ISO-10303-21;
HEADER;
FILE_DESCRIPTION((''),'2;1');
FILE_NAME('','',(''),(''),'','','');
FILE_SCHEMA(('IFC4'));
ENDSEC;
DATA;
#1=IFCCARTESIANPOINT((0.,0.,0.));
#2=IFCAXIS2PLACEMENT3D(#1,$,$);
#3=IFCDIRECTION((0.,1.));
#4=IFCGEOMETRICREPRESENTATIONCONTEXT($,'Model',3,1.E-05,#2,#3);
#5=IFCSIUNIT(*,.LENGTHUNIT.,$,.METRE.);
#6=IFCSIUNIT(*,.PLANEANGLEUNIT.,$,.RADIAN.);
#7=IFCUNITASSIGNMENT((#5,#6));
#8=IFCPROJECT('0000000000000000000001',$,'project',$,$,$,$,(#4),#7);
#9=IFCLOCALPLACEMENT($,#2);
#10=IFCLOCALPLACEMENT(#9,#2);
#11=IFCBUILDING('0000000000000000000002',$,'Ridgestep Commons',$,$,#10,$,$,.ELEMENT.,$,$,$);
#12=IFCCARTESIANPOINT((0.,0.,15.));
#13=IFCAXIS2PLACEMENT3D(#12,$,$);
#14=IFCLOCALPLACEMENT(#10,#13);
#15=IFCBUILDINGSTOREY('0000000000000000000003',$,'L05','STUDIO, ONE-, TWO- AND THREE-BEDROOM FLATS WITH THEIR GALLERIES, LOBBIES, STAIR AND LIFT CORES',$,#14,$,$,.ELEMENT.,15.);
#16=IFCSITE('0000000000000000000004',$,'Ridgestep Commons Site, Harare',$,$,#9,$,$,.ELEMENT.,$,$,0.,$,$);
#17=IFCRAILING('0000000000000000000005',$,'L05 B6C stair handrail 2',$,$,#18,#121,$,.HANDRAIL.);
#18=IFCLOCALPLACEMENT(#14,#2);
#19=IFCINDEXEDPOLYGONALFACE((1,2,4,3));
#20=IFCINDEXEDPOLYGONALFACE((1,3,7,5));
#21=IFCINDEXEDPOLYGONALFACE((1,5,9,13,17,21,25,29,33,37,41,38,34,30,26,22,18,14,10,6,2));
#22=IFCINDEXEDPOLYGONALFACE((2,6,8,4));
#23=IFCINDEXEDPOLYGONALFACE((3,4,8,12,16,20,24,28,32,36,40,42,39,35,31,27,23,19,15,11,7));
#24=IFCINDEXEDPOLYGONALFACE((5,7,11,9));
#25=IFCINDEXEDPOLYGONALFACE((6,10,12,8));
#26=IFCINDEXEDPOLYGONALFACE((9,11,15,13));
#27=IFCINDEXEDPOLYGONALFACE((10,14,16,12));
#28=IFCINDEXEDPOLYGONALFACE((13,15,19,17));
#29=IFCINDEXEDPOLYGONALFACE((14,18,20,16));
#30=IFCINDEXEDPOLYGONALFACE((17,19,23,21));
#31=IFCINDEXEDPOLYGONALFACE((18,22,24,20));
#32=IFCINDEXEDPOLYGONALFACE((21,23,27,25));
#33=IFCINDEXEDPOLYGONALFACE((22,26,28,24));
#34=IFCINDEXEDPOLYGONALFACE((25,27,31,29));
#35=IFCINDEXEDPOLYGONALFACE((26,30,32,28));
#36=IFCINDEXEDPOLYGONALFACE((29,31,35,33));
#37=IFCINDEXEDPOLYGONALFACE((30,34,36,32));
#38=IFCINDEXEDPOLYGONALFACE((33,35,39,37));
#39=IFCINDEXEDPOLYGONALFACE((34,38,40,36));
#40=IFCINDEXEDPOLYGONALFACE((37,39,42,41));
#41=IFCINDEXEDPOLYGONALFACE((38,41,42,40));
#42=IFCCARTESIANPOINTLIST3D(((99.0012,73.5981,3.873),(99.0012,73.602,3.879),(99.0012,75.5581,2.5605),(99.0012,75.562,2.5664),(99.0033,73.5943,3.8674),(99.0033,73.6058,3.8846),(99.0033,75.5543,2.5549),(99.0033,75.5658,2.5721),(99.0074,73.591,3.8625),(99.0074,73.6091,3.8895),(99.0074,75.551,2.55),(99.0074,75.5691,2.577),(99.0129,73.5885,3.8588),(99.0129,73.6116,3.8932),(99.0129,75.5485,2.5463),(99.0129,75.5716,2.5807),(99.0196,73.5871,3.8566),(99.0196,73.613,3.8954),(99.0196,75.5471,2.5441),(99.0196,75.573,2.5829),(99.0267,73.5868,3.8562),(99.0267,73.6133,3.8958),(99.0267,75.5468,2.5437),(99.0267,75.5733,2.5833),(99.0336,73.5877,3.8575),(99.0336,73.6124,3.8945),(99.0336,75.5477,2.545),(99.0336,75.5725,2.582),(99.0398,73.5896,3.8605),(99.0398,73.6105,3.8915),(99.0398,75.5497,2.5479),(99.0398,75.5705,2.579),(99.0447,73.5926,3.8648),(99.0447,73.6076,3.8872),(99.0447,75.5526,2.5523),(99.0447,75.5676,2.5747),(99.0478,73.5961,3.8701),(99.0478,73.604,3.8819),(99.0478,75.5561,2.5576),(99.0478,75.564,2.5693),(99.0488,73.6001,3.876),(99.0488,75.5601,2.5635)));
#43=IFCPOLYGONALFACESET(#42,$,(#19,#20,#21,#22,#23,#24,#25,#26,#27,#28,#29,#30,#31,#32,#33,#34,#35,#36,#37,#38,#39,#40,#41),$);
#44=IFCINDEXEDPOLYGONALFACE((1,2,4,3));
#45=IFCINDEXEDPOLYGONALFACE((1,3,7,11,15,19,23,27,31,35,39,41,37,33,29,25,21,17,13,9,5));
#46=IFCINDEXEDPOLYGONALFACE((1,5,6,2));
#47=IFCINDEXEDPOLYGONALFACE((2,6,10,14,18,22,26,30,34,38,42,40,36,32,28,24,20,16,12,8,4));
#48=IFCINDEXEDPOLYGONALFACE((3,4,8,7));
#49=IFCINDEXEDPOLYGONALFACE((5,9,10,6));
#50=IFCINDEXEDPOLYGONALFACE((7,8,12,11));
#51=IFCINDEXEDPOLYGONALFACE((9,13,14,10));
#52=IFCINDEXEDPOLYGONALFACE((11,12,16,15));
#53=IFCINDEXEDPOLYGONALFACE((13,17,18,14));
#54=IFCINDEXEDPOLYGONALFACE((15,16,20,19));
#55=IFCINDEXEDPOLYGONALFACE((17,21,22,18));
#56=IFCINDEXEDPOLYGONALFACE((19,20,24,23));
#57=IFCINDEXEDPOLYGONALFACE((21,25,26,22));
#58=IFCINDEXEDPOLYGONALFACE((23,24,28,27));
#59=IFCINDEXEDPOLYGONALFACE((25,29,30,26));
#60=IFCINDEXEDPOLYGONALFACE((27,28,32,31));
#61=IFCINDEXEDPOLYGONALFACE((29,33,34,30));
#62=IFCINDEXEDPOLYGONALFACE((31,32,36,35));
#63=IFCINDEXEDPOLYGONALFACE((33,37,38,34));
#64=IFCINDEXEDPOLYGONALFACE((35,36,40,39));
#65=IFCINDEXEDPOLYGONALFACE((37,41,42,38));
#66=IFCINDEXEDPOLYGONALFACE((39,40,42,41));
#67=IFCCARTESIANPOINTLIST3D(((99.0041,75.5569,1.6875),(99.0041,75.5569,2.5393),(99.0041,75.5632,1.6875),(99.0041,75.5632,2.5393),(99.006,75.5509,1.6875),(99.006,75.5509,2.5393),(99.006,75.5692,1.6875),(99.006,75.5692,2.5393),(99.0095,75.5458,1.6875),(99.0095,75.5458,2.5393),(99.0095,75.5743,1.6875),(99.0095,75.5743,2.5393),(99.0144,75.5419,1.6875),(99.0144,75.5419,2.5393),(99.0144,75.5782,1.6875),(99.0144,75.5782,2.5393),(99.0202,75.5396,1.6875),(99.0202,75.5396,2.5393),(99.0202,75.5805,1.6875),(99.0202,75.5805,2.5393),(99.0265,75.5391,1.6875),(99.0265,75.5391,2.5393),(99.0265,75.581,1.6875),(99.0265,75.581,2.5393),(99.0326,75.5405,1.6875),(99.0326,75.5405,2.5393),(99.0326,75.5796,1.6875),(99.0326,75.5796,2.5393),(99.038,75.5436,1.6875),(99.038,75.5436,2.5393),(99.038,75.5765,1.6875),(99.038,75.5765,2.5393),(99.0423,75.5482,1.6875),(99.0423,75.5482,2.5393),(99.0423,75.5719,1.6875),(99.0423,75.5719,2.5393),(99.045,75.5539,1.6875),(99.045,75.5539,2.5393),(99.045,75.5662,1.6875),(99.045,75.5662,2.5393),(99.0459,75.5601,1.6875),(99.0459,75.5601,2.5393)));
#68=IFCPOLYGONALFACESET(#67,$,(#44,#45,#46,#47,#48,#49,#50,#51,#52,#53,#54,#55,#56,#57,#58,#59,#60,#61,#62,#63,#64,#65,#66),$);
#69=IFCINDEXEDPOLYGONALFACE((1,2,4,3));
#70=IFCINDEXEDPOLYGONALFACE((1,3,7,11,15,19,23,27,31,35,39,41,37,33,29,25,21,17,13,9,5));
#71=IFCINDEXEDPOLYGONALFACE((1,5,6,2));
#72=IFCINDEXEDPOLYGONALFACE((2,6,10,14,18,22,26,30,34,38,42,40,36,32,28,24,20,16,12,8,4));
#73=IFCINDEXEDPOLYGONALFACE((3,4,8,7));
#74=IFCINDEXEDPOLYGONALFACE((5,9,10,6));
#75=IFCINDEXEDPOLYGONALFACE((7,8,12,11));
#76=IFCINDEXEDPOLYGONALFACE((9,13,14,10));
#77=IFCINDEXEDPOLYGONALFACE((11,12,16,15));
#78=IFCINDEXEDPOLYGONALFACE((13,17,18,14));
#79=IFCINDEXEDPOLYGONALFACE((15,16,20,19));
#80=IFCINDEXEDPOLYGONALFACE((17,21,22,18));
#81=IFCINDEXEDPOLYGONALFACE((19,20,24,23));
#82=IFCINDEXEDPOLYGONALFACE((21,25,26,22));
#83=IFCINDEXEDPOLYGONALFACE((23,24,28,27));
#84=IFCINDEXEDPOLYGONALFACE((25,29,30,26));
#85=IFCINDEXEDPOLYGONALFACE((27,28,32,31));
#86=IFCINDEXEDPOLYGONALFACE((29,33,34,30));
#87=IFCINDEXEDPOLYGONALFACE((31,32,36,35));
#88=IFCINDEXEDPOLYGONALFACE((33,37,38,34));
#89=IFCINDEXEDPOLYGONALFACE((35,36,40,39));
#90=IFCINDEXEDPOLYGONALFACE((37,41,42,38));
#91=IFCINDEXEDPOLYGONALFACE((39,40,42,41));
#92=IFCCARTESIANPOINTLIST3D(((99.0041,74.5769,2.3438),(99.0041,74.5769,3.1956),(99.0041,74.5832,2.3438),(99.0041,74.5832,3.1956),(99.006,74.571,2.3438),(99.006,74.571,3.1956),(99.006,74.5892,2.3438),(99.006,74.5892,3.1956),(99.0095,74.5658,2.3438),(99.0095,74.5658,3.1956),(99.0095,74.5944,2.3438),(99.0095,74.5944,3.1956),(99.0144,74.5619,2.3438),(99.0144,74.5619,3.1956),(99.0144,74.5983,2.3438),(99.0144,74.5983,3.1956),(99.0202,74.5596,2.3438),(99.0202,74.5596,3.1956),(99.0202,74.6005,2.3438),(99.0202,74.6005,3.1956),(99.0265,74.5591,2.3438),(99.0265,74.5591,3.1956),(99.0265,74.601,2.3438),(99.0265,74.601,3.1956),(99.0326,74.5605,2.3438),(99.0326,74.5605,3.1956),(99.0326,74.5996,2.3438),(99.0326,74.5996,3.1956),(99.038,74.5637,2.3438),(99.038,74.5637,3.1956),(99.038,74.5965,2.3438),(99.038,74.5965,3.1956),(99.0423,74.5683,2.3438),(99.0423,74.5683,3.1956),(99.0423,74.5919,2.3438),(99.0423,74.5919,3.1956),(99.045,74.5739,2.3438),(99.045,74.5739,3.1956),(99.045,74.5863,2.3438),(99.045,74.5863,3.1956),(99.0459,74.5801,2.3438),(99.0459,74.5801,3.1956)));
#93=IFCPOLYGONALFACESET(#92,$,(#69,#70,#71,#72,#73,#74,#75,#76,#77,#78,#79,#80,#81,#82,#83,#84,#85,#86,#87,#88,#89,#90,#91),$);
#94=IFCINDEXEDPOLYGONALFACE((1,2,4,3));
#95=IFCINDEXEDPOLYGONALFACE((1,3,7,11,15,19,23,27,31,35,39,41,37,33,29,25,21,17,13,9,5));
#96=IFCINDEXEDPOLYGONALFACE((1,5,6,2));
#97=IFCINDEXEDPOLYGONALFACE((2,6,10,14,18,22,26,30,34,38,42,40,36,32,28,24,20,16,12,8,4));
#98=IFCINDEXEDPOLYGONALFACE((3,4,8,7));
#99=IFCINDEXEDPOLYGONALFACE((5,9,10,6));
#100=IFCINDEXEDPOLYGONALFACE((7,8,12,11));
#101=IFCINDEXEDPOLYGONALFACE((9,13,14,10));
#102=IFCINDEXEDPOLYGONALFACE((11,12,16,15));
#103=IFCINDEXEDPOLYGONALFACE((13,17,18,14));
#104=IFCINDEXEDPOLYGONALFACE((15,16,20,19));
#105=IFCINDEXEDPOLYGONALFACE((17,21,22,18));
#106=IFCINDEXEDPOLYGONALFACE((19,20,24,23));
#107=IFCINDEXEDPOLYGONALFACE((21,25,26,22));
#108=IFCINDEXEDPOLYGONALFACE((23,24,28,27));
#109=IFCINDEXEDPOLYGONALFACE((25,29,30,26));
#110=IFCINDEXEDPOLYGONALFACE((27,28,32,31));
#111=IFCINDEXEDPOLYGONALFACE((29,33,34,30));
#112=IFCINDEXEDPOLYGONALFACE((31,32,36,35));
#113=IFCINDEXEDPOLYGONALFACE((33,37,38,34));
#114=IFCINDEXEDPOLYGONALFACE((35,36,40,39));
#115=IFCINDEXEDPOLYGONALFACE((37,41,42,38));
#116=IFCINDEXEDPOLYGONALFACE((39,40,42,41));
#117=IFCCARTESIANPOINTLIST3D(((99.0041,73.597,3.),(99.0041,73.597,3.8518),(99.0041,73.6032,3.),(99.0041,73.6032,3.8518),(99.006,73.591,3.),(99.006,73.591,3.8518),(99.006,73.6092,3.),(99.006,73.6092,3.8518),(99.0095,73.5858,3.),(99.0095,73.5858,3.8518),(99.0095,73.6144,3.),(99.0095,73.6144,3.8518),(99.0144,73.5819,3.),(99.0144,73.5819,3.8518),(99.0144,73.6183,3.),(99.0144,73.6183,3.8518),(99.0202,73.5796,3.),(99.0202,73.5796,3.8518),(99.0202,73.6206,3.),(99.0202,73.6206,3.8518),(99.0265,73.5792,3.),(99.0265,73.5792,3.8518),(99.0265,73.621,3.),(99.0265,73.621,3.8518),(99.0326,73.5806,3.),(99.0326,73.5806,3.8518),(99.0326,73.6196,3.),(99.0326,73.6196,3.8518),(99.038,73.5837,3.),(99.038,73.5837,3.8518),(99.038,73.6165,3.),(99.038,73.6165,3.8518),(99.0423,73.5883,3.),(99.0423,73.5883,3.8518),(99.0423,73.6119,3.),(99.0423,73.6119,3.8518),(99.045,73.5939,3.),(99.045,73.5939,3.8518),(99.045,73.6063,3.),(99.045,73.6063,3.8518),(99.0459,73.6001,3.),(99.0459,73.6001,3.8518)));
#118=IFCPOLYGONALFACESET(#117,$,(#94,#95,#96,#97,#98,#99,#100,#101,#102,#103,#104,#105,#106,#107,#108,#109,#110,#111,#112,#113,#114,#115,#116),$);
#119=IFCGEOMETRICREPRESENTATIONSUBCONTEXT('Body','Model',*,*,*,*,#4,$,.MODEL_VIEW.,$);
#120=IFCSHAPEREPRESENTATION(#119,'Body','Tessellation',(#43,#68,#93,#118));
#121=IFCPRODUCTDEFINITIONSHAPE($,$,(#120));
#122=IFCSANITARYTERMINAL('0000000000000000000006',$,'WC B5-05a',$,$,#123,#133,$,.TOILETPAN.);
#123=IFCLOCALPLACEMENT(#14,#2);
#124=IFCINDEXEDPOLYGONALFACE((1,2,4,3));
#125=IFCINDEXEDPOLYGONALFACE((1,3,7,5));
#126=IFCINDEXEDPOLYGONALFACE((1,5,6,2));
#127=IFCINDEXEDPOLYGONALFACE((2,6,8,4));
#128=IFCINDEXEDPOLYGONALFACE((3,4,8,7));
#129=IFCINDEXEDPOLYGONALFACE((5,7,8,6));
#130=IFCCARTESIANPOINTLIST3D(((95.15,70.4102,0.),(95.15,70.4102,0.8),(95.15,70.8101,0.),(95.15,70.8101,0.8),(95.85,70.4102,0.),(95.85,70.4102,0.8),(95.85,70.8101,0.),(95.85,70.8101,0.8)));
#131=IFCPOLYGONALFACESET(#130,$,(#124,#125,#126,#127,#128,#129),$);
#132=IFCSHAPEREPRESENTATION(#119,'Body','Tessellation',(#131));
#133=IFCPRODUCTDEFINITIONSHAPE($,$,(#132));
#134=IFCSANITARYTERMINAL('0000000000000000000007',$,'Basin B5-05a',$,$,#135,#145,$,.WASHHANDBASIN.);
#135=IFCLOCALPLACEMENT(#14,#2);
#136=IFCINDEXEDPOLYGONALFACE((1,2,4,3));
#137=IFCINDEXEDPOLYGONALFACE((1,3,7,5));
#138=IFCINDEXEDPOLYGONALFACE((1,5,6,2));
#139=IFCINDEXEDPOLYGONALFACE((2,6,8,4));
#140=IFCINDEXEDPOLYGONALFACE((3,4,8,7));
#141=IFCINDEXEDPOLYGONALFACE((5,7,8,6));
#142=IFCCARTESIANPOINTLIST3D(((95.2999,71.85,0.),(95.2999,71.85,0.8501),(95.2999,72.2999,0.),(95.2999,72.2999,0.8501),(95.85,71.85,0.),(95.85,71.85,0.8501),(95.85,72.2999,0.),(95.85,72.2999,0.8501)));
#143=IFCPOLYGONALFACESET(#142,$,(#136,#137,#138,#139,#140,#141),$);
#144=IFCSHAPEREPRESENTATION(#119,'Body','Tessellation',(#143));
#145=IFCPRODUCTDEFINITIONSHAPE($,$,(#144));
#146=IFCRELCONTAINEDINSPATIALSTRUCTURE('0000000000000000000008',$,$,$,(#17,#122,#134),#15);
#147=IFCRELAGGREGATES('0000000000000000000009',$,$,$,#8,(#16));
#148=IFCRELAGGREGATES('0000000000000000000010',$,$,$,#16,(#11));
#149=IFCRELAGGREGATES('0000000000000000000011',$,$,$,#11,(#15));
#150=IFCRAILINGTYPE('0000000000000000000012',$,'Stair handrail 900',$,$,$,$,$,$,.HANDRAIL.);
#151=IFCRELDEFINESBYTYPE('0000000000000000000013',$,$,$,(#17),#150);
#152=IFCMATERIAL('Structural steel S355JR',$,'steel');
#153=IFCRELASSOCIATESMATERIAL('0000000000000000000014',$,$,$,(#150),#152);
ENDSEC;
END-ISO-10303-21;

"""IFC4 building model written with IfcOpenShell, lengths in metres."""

from ifc_helpers import new_model, si_unit, direction, frame, origin, origin_2d, place, context, subcontext, project, spatial, rectangle, circle, extrude, material, type_object, element, save


model = new_model("IFC4")

# Units and contexts
model_context = context("Model", 3, precision=1e-05, world=origin(), true_north=direction((0.0, 1.0)))
body_context = subcontext(model_context, "Body", "Model", "MODEL_VIEW")
ifc_project = project(units=[si_unit("LENGTHUNIT", "METRE"), si_unit("PLANEANGLEUNIT", "RADIAN")], contexts=[model_context])

# Site, building, storey
site_placement = place(None, origin())
site = spatial("IfcSite", under=ifc_project, at=site_placement, Name="Ridgestep Commons Site, Harare", CompositionType="ELEMENT", RefElevation=0.0)
building_placement = place(site_placement, origin())
building = spatial("IfcBuilding", under=site, at=building_placement, Name="Ridgestep Commons", CompositionType="ELEMENT")
storey_placement = place(building_placement, frame((0.0, 0.0, 15.0)))
storey = spatial("IfcBuildingStorey", under=building, at=storey_placement, Name="L05", Description="STUDIO, ONE-, TWO- AND THREE-BEDROOM FLATS WITH THEIR GALLERIES, LOBBIES, STAIR AND LIFT CORES", CompositionType="ELEMENT", Elevation=15.0)

# Railing
ifc_material_1 = material(Name="Structural steel S355JR", Category="steel")
railing_type_1 = type_object("IfcRailingType", Name="Stair handrail 900", PredefinedType="HANDRAIL", material=ifc_material_1)
railing_1_placement = place(storey_placement, frame((99.0249, 75.5601, 1.6875)))
element("IfcRailing", 1, at=railing_1_placement, inside=storey, type_object=railing_type_1, Name="L05 B6C stair handrail 2", PredefinedType="HANDRAIL", context=body_context, shape_type="SweptSolid", body=[
    extrude(circle(Radius=0.0239, at=origin_2d()), frame((0.0, 0.0, 0.876), z_axis=(0.0, -0.830902, 0.556419), x_axis=(1.0, 0.0, 0.0)), (0.0, 0.0, 1.0), 2.3589),
    extrude(circle(Radius=0.021, at=origin_2d()), origin(), (0.0, 0.0, 1.0), 0.8518),
    extrude(circle(Radius=0.021, at=origin_2d()), frame((0.0, -0.98, 0.6562)), (0.0, 0.0, 1.0), 0.8518),
    extrude(circle(Radius=0.021, at=origin_2d()), frame((0.0, -1.96, 1.3125)), (0.0, 0.0, 1.0), 0.8518),
])

# Sanitary terminals
sanitary_terminal_1_placement = place(storey_placement, frame((95.5, 70.6101, 0.0), z_axis=(0.0, 0.0, 1.0), x_axis=(1.0, 0.0, 0.0)))
element("IfcSanitaryTerminal", 2, at=sanitary_terminal_1_placement, inside=storey, Name="WC B5-05a", PredefinedType="TOILETPAN", context=body_context, shape_type="SweptSolid", body=[
    extrude(rectangle(XDim=0.7, YDim=0.3999, at=origin_2d()), origin(), (0.0, 0.0, 1.0), 0.8),
])
sanitary_terminal_2_placement = place(storey_placement, frame((95.575, 72.075, 0.0), z_axis=(0.0, 0.0, 1.0), x_axis=(1.0, 0.0, 0.0)))
element("IfcSanitaryTerminal", 3, at=sanitary_terminal_2_placement, inside=storey, Name="Basin B5-05a", PredefinedType="WASHHANDBASIN", context=body_context, shape_type="SweptSolid", body=[
    extrude(rectangle(XDim=0.55, YDim=0.45, at=origin_2d()), origin(), (0.0, 0.0, 1.0), 0.8501),
])

save(model, "model.ifc")
